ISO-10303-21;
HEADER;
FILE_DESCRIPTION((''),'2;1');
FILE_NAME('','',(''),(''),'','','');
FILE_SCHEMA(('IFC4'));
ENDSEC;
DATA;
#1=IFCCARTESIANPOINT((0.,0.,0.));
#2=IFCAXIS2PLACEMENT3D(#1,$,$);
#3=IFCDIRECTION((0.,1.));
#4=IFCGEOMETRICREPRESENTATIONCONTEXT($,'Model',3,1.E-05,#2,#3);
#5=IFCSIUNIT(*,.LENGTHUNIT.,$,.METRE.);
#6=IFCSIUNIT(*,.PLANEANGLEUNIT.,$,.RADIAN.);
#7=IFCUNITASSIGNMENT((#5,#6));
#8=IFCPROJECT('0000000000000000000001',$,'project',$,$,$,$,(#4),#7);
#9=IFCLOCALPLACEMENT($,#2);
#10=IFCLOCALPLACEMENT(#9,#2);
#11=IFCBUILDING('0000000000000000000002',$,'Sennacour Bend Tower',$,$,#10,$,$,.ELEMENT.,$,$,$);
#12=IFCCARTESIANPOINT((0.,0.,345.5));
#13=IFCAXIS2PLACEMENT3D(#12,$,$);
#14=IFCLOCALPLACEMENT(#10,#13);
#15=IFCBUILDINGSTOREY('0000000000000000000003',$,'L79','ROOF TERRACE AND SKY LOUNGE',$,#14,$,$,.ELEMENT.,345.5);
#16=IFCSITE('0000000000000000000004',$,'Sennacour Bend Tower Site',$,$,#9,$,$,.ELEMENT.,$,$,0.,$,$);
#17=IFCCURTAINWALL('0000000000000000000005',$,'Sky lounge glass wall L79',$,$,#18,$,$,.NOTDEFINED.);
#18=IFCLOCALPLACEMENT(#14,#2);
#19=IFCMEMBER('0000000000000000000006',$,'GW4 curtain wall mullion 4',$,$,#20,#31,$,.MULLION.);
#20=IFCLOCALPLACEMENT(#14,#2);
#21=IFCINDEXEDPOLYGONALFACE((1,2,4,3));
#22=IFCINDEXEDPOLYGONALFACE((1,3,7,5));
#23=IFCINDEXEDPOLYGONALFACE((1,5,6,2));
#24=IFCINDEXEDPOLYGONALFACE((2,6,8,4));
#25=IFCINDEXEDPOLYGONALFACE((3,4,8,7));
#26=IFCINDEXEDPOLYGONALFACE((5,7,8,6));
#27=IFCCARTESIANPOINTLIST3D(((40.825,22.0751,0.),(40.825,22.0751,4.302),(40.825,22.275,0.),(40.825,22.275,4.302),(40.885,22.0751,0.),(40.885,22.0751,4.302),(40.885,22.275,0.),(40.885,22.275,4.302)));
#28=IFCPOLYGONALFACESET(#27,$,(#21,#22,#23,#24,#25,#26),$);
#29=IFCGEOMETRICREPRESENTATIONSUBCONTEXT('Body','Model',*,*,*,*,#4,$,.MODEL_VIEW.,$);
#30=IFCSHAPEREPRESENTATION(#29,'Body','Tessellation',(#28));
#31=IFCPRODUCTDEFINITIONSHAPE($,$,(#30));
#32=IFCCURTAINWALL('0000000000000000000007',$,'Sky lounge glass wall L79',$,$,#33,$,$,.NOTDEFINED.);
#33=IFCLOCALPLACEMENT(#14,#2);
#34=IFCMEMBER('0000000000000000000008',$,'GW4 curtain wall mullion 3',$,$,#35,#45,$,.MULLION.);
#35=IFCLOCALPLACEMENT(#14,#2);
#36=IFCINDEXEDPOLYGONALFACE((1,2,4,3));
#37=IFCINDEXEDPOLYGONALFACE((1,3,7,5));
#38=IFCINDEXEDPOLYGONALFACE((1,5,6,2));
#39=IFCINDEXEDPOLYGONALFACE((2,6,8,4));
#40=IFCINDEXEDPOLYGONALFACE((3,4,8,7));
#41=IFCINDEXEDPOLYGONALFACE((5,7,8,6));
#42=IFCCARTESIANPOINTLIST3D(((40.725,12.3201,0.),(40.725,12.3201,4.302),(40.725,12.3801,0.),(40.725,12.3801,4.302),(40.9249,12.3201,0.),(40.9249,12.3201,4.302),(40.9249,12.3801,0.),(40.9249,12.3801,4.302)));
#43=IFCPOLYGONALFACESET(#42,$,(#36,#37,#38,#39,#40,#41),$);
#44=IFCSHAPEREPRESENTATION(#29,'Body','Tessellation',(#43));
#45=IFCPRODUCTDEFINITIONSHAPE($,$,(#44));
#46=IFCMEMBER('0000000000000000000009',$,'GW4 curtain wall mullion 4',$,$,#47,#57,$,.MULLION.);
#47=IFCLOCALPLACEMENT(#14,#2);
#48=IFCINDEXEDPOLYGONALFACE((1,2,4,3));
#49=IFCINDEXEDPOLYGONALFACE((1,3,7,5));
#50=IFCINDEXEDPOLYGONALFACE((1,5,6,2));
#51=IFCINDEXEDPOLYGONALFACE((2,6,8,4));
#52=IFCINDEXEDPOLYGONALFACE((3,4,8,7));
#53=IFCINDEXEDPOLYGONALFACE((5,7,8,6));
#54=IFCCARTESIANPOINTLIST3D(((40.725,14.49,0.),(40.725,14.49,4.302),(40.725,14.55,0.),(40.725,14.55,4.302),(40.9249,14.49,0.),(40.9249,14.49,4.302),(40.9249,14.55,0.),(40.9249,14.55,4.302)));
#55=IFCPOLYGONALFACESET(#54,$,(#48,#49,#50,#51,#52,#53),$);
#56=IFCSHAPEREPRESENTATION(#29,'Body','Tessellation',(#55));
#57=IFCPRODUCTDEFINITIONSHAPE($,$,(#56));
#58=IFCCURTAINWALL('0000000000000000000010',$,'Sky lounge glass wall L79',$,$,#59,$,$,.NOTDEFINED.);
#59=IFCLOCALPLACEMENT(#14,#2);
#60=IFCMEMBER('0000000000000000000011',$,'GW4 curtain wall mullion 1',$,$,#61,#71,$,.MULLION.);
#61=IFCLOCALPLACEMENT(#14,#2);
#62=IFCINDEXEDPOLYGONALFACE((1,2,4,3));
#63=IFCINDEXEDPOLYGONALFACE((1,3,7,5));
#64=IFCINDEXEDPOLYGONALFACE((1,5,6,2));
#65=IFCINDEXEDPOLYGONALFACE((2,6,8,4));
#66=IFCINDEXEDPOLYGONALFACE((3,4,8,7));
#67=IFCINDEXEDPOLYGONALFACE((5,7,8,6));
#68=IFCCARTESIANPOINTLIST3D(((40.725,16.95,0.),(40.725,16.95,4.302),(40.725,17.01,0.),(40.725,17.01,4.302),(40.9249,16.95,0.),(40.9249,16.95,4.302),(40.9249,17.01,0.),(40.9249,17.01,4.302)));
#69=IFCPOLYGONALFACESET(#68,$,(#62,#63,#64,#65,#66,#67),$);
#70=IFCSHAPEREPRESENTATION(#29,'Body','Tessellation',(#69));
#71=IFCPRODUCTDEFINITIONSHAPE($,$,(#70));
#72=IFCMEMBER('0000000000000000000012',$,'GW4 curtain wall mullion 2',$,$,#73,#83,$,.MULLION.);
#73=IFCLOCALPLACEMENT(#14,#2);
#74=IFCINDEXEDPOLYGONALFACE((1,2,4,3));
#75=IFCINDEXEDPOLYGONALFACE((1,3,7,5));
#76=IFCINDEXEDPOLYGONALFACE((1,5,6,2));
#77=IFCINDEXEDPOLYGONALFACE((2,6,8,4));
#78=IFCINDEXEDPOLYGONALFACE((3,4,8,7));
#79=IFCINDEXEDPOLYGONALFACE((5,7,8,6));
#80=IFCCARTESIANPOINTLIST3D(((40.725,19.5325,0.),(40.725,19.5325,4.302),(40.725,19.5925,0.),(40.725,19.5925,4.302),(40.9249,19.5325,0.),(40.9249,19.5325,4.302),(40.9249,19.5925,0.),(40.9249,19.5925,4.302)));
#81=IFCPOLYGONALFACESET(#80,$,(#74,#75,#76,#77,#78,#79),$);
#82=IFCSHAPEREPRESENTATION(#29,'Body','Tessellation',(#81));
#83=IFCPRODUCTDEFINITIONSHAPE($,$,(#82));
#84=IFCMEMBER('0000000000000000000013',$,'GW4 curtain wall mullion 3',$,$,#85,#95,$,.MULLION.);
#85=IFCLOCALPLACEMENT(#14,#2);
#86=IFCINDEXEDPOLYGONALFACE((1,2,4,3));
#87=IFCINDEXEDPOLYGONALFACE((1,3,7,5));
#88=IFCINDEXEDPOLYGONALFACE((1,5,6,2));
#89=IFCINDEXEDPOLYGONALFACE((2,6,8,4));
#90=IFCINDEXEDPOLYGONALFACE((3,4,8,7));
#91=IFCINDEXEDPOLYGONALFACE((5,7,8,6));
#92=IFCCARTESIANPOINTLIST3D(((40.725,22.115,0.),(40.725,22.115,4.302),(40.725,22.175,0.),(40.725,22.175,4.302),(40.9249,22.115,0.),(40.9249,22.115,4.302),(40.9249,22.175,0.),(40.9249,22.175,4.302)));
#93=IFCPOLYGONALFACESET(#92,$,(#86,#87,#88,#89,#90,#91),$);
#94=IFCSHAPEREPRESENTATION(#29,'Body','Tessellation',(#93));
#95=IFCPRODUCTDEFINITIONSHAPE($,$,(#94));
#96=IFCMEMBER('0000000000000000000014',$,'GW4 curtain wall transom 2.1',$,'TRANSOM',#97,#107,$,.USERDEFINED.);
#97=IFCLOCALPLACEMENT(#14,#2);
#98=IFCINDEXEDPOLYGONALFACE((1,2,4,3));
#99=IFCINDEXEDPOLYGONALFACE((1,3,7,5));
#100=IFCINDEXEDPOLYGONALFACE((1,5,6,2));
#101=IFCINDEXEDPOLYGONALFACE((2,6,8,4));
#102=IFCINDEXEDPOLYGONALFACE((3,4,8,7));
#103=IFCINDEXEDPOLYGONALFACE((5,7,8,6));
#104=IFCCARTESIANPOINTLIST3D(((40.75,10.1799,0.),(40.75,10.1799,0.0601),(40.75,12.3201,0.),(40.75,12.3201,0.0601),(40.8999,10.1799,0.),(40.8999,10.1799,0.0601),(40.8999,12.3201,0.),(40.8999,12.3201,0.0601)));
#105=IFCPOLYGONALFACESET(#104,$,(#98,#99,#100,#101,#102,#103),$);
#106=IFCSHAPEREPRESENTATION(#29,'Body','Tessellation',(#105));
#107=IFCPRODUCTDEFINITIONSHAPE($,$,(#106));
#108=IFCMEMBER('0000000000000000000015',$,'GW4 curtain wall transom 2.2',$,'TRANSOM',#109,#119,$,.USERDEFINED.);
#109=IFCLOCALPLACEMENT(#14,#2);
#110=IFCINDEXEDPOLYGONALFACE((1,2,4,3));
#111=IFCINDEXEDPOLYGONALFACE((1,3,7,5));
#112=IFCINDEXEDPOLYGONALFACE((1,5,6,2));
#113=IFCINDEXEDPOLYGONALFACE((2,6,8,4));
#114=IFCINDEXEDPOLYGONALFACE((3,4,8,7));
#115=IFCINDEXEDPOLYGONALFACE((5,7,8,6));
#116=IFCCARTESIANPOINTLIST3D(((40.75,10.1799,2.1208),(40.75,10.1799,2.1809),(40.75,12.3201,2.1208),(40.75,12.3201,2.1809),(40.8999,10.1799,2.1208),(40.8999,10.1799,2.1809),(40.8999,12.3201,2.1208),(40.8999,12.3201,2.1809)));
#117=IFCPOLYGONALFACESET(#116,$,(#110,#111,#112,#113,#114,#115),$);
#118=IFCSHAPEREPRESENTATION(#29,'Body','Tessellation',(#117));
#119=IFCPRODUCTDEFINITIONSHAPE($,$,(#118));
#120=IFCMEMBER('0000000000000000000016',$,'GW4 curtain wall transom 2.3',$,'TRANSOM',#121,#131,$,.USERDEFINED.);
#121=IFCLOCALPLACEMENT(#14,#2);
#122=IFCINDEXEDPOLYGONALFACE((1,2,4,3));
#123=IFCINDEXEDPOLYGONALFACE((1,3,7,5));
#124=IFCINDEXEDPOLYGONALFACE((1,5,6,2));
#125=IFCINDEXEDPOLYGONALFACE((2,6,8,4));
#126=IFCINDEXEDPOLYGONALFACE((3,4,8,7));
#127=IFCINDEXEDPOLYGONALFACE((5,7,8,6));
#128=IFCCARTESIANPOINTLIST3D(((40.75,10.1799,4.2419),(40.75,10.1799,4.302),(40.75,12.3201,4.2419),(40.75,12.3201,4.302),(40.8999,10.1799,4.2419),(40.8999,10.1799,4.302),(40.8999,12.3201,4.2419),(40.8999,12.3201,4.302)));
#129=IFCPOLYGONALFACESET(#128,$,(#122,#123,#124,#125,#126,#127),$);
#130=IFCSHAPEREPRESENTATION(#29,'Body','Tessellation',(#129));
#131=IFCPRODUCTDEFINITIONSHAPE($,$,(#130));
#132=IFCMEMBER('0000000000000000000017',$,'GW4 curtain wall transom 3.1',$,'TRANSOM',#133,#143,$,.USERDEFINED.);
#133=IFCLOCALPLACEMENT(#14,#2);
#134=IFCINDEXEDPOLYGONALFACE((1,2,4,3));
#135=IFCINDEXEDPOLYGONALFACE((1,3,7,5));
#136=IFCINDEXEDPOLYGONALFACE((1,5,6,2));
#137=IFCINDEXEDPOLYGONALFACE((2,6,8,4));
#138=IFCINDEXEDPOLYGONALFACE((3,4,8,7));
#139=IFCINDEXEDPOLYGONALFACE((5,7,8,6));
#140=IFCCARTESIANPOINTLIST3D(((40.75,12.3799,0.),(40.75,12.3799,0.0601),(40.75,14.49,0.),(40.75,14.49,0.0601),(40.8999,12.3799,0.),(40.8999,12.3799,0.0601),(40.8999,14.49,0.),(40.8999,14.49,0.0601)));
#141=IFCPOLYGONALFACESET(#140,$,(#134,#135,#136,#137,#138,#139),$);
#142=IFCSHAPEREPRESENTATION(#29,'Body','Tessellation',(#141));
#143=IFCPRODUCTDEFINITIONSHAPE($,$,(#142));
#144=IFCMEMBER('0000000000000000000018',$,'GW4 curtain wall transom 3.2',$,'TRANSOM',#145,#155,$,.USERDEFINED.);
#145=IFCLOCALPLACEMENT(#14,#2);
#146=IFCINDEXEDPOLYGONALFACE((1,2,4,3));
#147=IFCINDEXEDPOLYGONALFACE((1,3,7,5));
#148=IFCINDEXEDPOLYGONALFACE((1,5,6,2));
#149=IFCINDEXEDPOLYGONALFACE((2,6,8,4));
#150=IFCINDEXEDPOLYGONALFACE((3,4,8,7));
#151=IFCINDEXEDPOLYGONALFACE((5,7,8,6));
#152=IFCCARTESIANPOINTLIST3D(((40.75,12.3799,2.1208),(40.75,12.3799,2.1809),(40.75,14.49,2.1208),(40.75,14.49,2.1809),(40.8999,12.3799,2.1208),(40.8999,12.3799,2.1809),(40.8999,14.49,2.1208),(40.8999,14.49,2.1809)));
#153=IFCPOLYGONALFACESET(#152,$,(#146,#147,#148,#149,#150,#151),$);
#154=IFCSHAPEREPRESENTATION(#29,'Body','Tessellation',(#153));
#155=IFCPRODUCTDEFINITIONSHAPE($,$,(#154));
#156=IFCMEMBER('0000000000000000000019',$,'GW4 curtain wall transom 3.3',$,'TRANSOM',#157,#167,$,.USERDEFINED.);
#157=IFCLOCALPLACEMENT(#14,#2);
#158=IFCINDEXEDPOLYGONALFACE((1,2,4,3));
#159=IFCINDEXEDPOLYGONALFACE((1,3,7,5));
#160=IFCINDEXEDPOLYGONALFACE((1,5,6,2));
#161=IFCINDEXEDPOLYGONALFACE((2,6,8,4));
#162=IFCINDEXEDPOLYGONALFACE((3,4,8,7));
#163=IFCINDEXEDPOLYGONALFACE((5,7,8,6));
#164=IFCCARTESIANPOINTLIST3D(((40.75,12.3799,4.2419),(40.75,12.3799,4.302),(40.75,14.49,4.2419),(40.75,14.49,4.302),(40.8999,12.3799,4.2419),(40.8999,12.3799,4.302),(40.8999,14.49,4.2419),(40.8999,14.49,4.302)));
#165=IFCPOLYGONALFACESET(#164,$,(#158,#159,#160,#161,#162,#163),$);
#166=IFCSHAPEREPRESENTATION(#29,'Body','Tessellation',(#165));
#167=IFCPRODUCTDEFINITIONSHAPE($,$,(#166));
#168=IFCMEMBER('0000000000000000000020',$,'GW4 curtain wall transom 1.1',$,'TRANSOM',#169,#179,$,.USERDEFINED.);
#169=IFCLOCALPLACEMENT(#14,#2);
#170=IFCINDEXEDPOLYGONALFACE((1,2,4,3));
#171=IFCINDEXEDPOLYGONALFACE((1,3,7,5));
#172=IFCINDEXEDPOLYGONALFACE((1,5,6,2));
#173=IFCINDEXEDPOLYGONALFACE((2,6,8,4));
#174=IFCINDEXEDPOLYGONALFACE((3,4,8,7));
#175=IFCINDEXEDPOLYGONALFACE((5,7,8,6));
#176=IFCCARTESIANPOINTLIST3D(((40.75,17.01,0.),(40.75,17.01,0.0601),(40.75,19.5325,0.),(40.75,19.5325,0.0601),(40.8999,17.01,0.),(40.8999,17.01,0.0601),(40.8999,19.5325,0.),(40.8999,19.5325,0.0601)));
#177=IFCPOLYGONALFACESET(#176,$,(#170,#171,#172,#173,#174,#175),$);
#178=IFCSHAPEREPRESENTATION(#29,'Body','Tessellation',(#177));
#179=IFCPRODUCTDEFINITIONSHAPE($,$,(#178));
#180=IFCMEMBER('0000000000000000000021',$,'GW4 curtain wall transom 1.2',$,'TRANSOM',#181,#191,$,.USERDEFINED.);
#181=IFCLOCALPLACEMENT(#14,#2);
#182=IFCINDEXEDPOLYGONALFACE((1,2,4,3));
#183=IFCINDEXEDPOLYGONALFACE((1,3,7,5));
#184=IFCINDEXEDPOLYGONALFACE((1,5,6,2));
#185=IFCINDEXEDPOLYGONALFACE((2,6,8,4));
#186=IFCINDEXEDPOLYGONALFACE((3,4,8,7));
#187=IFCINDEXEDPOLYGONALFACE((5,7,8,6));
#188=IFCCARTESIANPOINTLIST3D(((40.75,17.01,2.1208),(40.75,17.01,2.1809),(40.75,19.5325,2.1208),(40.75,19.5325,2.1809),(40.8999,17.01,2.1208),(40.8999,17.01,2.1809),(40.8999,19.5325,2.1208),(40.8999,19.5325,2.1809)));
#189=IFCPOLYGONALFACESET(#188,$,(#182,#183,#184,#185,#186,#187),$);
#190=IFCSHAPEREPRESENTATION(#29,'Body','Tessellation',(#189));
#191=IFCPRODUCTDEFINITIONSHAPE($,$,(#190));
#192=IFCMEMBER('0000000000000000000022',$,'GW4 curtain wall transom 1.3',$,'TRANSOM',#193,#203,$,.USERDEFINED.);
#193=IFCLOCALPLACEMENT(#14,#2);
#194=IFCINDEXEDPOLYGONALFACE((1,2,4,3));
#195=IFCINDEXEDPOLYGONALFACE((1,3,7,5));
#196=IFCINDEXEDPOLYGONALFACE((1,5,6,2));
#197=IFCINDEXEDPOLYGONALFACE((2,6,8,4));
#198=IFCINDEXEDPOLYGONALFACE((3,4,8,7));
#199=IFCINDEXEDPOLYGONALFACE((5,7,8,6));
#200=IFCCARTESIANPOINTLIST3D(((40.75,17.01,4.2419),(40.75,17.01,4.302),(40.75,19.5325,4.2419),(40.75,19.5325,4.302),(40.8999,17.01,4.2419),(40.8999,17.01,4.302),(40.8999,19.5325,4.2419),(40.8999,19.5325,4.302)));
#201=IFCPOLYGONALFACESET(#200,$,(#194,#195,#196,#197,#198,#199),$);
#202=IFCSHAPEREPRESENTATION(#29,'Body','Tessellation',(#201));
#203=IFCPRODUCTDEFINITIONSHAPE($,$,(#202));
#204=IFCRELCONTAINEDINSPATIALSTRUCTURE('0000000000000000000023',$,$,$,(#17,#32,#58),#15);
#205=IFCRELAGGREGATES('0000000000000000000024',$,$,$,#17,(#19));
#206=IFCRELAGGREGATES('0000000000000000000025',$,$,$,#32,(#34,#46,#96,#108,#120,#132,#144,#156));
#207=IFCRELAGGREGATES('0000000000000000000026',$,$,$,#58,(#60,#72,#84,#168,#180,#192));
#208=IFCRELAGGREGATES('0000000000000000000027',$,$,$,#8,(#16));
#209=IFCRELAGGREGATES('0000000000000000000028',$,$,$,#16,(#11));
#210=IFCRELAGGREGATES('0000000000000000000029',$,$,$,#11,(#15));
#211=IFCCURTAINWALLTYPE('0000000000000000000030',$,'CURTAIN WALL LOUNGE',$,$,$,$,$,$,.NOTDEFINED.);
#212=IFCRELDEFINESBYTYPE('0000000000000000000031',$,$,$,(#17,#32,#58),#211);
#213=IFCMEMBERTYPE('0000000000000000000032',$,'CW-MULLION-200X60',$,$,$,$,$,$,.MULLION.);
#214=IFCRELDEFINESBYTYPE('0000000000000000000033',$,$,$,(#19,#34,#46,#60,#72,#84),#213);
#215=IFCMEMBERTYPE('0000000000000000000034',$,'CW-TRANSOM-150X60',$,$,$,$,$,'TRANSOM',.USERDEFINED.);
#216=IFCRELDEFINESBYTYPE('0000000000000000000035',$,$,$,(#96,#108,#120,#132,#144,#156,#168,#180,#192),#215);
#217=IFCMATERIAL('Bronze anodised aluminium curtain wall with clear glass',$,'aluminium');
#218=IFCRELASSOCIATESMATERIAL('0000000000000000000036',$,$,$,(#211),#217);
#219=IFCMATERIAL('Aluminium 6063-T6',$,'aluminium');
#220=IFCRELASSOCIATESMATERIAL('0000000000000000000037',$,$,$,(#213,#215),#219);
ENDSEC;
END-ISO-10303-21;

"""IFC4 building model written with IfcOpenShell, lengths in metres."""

from ifc_helpers import new_model, si_unit, direction, frame, origin, origin_2d, place, context, subcontext, project, spatial, rectangle, extrude, material, material_profile, profile_set, type_object, element, aggregate, save


model = new_model("IFC4")

# Units and contexts
model_context = context("Model", 3, precision=1e-05, world=origin(), true_north=direction((0.0, 1.0)))
body_context = subcontext(model_context, "Body", "Model", "MODEL_VIEW")
ifc_project = project(units=[si_unit("LENGTHUNIT", "METRE"), si_unit("PLANEANGLEUNIT", "RADIAN")], contexts=[model_context])

# Site, building, storey
site_placement = place(None, origin())
site = spatial("IfcSite", under=ifc_project, at=site_placement, Name="Sennacour Bend Tower Site", CompositionType="ELEMENT", RefElevation=0.0)
building_placement = place(site_placement, origin())
building = spatial("IfcBuilding", under=site, at=building_placement, Name="Sennacour Bend Tower", CompositionType="ELEMENT")
storey_placement = place(building_placement, frame((0.0, 0.0, 345.5)))
storey = spatial("IfcBuildingStorey", under=building, at=storey_placement, Name="L79", Description="ROOF TERRACE AND SKY LOUNGE", CompositionType="ELEMENT", Elevation=345.5)

# Curtain wall, member
ifc_material_1 = material(Name="Bronze anodised aluminium curtain wall with clear glass", Category="aluminium")
curtain_wall_type = type_object("IfcCurtainWallType", Name="CURTAIN WALL LOUNGE", PredefinedType="NOTDEFINED", material=ifc_material_1)
curtain_wall_1_placement = place(storey_placement, origin())
curtain_wall_1 = element("IfcCurtainWall", 1, at=curtain_wall_1_placement, inside=storey, type_object=curtain_wall_type, Name="Sky lounge glass wall L79", PredefinedType="NOTDEFINED")
ifc_material_2 = material(Name="Aluminium 6063-T6", Category="aluminium")
ifc_material_profile_1 = material_profile(ifc_material_2, rectangle(XDim=0.2, YDim=0.0601, at=origin_2d()), Name="Aluminium 6063-T6", Category="aluminium")
ifc_profile_set_1 = profile_set([ifc_material_profile_1], Name="Aluminium 6063-T6")
member_type_1 = type_object("IfcMemberType", Name="CW-MULLION-200X60", PredefinedType="MULLION", material=ifc_profile_set_1)
member_1_placement = place(storey_placement, frame((40.855, 22.175, 0.0), z_axis=(0.0, 0.0, 1.0), x_axis=(0.0, -1.0, 0.0)))
member_1 = element("IfcMember", 2, at=member_1_placement, type_object=member_type_1, Name="GW4 curtain wall mullion 4", PredefinedType="MULLION", context=body_context, shape_type="SweptSolid", body=[
    extrude(rectangle(XDim=0.2, YDim=0.0601, at=origin_2d()), origin(), (0.0, 0.0, 1.0), 4.302),
])
aggregate(curtain_wall_1, [member_1])

# Curtain walls, members
curtain_wall_2_placement = place(storey_placement, origin())
curtain_wall_2 = element("IfcCurtainWall", 3, at=curtain_wall_2_placement, inside=storey, type_object=curtain_wall_type, Name="Sky lounge glass wall L79", PredefinedType="NOTDEFINED")
member_2_placement = place(storey_placement, frame((40.825, 12.3501, 0.0), z_axis=(0.0, 0.0, 1.0), x_axis=(-1.0, 0.0, 0.0)))
member_2 = element("IfcMember", 4, at=member_2_placement, type_object=member_type_1, Name="GW4 curtain wall mullion 3", PredefinedType="MULLION", context=body_context, shape_type="SweptSolid", body=[
    extrude(rectangle(XDim=0.2, YDim=0.0601, at=origin_2d()), origin(), (0.0, 0.0, 1.0), 4.302),
])
member_3_placement = place(storey_placement, frame((40.825, 14.52, 0.0), z_axis=(0.0, 0.0, 1.0), x_axis=(-1.0, 0.0, 0.0)))
member_3 = element("IfcMember", 5, at=member_3_placement, type_object=member_type_1, Name="GW4 curtain wall mullion 4", PredefinedType="MULLION", context=body_context, shape_type="SweptSolid", body=[
    extrude(rectangle(XDim=0.2, YDim=0.0601, at=origin_2d()), origin(), (0.0, 0.0, 1.0), 4.302),
])
curtain_wall_3_placement = place(storey_placement, origin())
curtain_wall_3 = element("IfcCurtainWall", 6, at=curtain_wall_3_placement, inside=storey, type_object=curtain_wall_type, Name="Sky lounge glass wall L79", PredefinedType="NOTDEFINED")
member_4_placement = place(storey_placement, frame((40.825, 16.98, 0.0), z_axis=(0.0, 0.0, 1.0), x_axis=(-1.0, 0.0, 0.0)))
member_4 = element("IfcMember", 7, at=member_4_placement, type_object=member_type_1, Name="GW4 curtain wall mullion 1", PredefinedType="MULLION", context=body_context, shape_type="SweptSolid", body=[
    extrude(rectangle(XDim=0.2, YDim=0.0601, at=origin_2d()), origin(), (0.0, 0.0, 1.0), 4.302),
])
member_5_placement = place(storey_placement, frame((40.825, 19.5625, 0.0), z_axis=(0.0, 0.0, 1.0), x_axis=(-1.0, 0.0, 0.0)))
member_5 = element("IfcMember", 8, at=member_5_placement, type_object=member_type_1, Name="GW4 curtain wall mullion 2", PredefinedType="MULLION", context=body_context, shape_type="SweptSolid", body=[
    extrude(rectangle(XDim=0.2, YDim=0.0601, at=origin_2d()), origin(), (0.0, 0.0, 1.0), 4.302),
])
member_6_placement = place(storey_placement, frame((40.825, 22.145, 0.0), z_axis=(0.0, 0.0, 1.0), x_axis=(-1.0, 0.0, 0.0)))
member_6 = element("IfcMember", 9, at=member_6_placement, type_object=member_type_1, Name="GW4 curtain wall mullion 3", PredefinedType="MULLION", context=body_context, shape_type="SweptSolid", body=[
    extrude(rectangle(XDim=0.2, YDim=0.0601, at=origin_2d()), origin(), (0.0, 0.0, 1.0), 4.302),
])

# Members
ifc_material_profile_2 = material_profile(ifc_material_2, rectangle(XDim=0.1499, YDim=0.0601, at=origin_2d()), Name="Aluminium 6063-T6", Category="aluminium")
ifc_profile_set_2 = profile_set([ifc_material_profile_2], Name="Aluminium 6063-T6")
member_type_2 = type_object("IfcMemberType", Name="CW-TRANSOM-150X60", ElementType="TRANSOM", PredefinedType="USERDEFINED", material=ifc_profile_set_2)
member_7_placement = place(storey_placement, frame((40.825, 10.1799, 0.03), z_axis=(0.0, 1.0, 0.0), x_axis=(-1.0, 0.0, 0.0)))
member_7 = element("IfcMember", 10, at=member_7_placement, type_object=member_type_2, Name="GW4 curtain wall transom 2.1", ObjectType="TRANSOM", PredefinedType="USERDEFINED", context=body_context, shape_type="SweptSolid", body=[
    extrude(rectangle(XDim=0.1499, YDim=0.0601, at=origin_2d()), origin(), (0.0, 0.0, 1.0), 2.1401),
])
member_8_placement = place(storey_placement, frame((40.825, 10.1799, 2.1509), z_axis=(0.0, 1.0, 0.0), x_axis=(-1.0, 0.0, 0.0)))
member_8 = element("IfcMember", 11, at=member_8_placement, type_object=member_type_2, Name="GW4 curtain wall transom 2.2", ObjectType="TRANSOM", PredefinedType="USERDEFINED", context=body_context, shape_type="SweptSolid", body=[
    extrude(rectangle(XDim=0.1499, YDim=0.0601, at=origin_2d()), origin(), (0.0, 0.0, 1.0), 2.1401),
])
member_9_placement = place(storey_placement, frame((40.825, 10.1799, 4.272), z_axis=(0.0, 1.0, 0.0), x_axis=(-1.0, 0.0, 0.0)))
member_9 = element("IfcMember", 12, at=member_9_placement, type_object=member_type_2, Name="GW4 curtain wall transom 2.3", ObjectType="TRANSOM", PredefinedType="USERDEFINED", context=body_context, shape_type="SweptSolid", body=[
    extrude(rectangle(XDim=0.1499, YDim=0.0601, at=origin_2d()), origin(), (0.0, 0.0, 1.0), 2.1401),
])
member_10_placement = place(storey_placement, frame((40.825, 12.3799, 0.03), z_axis=(0.0, 1.0, 0.0), x_axis=(-1.0, 0.0, 0.0)))
member_10 = element("IfcMember", 13, at=member_10_placement, type_object=member_type_2, Name="GW4 curtain wall transom 3.1", ObjectType="TRANSOM", PredefinedType="USERDEFINED", context=body_context, shape_type="SweptSolid", body=[
    extrude(rectangle(XDim=0.1499, YDim=0.0601, at=origin_2d()), origin(), (0.0, 0.0, 1.0), 2.1101),
])
member_11_placement = place(storey_placement, frame((40.825, 12.3799, 2.1509), z_axis=(0.0, 1.0, 0.0), x_axis=(-1.0, 0.0, 0.0)))
member_11 = element("IfcMember", 14, at=member_11_placement, type_object=member_type_2, Name="GW4 curtain wall transom 3.2", ObjectType="TRANSOM", PredefinedType="USERDEFINED", context=body_context, shape_type="SweptSolid", body=[
    extrude(rectangle(XDim=0.1499, YDim=0.0601, at=origin_2d()), origin(), (0.0, 0.0, 1.0), 2.1101),
])
member_12_placement = place(storey_placement, frame((40.825, 12.3799, 4.272), z_axis=(0.0, 1.0, 0.0), x_axis=(-1.0, 0.0, 0.0)))
member_12 = element("IfcMember", 15, at=member_12_placement, type_object=member_type_2, Name="GW4 curtain wall transom 3.3", ObjectType="TRANSOM", PredefinedType="USERDEFINED", context=body_context, shape_type="SweptSolid", body=[
    extrude(rectangle(XDim=0.1499, YDim=0.0601, at=origin_2d()), origin(), (0.0, 0.0, 1.0), 2.1101),
])
member_13_placement = place(storey_placement, frame((40.825, 17.01, 0.03), z_axis=(0.0, 1.0, 0.0), x_axis=(-1.0, 0.0, 0.0)))
member_13 = element("IfcMember", 16, at=member_13_placement, type_object=member_type_2, Name="GW4 curtain wall transom 1.1", ObjectType="TRANSOM", PredefinedType="USERDEFINED", context=body_context, shape_type="SweptSolid", body=[
    extrude(rectangle(XDim=0.1499, YDim=0.0601, at=origin_2d()), origin(), (0.0, 0.0, 1.0), 2.5225),
])
member_14_placement = place(storey_placement, frame((40.825, 17.01, 2.1509), z_axis=(0.0, 1.0, 0.0), x_axis=(-1.0, 0.0, 0.0)))
member_14 = element("IfcMember", 17, at=member_14_placement, type_object=member_type_2, Name="GW4 curtain wall transom 1.2", ObjectType="TRANSOM", PredefinedType="USERDEFINED", context=body_context, shape_type="SweptSolid", body=[
    extrude(rectangle(XDim=0.1499, YDim=0.0601, at=origin_2d()), origin(), (0.0, 0.0, 1.0), 2.5225),
])
member_15_placement = place(storey_placement, frame((40.825, 17.01, 4.272), z_axis=(0.0, 1.0, 0.0), x_axis=(-1.0, 0.0, 0.0)))
member_15 = element("IfcMember", 18, at=member_15_placement, type_object=member_type_2, Name="GW4 curtain wall transom 1.3", ObjectType="TRANSOM", PredefinedType="USERDEFINED", context=body_context, shape_type="SweptSolid", body=[
    extrude(rectangle(XDim=0.1499, YDim=0.0601, at=origin_2d()), origin(), (0.0, 0.0, 1.0), 2.5225),
])

aggregate(curtain_wall_2, [member_2, member_3, member_7, member_8, member_9, member_10, member_11, member_12])
aggregate(curtain_wall_3, [member_4, member_5, member_6, member_13, member_14, member_15])

save(model, "model.ifc")
